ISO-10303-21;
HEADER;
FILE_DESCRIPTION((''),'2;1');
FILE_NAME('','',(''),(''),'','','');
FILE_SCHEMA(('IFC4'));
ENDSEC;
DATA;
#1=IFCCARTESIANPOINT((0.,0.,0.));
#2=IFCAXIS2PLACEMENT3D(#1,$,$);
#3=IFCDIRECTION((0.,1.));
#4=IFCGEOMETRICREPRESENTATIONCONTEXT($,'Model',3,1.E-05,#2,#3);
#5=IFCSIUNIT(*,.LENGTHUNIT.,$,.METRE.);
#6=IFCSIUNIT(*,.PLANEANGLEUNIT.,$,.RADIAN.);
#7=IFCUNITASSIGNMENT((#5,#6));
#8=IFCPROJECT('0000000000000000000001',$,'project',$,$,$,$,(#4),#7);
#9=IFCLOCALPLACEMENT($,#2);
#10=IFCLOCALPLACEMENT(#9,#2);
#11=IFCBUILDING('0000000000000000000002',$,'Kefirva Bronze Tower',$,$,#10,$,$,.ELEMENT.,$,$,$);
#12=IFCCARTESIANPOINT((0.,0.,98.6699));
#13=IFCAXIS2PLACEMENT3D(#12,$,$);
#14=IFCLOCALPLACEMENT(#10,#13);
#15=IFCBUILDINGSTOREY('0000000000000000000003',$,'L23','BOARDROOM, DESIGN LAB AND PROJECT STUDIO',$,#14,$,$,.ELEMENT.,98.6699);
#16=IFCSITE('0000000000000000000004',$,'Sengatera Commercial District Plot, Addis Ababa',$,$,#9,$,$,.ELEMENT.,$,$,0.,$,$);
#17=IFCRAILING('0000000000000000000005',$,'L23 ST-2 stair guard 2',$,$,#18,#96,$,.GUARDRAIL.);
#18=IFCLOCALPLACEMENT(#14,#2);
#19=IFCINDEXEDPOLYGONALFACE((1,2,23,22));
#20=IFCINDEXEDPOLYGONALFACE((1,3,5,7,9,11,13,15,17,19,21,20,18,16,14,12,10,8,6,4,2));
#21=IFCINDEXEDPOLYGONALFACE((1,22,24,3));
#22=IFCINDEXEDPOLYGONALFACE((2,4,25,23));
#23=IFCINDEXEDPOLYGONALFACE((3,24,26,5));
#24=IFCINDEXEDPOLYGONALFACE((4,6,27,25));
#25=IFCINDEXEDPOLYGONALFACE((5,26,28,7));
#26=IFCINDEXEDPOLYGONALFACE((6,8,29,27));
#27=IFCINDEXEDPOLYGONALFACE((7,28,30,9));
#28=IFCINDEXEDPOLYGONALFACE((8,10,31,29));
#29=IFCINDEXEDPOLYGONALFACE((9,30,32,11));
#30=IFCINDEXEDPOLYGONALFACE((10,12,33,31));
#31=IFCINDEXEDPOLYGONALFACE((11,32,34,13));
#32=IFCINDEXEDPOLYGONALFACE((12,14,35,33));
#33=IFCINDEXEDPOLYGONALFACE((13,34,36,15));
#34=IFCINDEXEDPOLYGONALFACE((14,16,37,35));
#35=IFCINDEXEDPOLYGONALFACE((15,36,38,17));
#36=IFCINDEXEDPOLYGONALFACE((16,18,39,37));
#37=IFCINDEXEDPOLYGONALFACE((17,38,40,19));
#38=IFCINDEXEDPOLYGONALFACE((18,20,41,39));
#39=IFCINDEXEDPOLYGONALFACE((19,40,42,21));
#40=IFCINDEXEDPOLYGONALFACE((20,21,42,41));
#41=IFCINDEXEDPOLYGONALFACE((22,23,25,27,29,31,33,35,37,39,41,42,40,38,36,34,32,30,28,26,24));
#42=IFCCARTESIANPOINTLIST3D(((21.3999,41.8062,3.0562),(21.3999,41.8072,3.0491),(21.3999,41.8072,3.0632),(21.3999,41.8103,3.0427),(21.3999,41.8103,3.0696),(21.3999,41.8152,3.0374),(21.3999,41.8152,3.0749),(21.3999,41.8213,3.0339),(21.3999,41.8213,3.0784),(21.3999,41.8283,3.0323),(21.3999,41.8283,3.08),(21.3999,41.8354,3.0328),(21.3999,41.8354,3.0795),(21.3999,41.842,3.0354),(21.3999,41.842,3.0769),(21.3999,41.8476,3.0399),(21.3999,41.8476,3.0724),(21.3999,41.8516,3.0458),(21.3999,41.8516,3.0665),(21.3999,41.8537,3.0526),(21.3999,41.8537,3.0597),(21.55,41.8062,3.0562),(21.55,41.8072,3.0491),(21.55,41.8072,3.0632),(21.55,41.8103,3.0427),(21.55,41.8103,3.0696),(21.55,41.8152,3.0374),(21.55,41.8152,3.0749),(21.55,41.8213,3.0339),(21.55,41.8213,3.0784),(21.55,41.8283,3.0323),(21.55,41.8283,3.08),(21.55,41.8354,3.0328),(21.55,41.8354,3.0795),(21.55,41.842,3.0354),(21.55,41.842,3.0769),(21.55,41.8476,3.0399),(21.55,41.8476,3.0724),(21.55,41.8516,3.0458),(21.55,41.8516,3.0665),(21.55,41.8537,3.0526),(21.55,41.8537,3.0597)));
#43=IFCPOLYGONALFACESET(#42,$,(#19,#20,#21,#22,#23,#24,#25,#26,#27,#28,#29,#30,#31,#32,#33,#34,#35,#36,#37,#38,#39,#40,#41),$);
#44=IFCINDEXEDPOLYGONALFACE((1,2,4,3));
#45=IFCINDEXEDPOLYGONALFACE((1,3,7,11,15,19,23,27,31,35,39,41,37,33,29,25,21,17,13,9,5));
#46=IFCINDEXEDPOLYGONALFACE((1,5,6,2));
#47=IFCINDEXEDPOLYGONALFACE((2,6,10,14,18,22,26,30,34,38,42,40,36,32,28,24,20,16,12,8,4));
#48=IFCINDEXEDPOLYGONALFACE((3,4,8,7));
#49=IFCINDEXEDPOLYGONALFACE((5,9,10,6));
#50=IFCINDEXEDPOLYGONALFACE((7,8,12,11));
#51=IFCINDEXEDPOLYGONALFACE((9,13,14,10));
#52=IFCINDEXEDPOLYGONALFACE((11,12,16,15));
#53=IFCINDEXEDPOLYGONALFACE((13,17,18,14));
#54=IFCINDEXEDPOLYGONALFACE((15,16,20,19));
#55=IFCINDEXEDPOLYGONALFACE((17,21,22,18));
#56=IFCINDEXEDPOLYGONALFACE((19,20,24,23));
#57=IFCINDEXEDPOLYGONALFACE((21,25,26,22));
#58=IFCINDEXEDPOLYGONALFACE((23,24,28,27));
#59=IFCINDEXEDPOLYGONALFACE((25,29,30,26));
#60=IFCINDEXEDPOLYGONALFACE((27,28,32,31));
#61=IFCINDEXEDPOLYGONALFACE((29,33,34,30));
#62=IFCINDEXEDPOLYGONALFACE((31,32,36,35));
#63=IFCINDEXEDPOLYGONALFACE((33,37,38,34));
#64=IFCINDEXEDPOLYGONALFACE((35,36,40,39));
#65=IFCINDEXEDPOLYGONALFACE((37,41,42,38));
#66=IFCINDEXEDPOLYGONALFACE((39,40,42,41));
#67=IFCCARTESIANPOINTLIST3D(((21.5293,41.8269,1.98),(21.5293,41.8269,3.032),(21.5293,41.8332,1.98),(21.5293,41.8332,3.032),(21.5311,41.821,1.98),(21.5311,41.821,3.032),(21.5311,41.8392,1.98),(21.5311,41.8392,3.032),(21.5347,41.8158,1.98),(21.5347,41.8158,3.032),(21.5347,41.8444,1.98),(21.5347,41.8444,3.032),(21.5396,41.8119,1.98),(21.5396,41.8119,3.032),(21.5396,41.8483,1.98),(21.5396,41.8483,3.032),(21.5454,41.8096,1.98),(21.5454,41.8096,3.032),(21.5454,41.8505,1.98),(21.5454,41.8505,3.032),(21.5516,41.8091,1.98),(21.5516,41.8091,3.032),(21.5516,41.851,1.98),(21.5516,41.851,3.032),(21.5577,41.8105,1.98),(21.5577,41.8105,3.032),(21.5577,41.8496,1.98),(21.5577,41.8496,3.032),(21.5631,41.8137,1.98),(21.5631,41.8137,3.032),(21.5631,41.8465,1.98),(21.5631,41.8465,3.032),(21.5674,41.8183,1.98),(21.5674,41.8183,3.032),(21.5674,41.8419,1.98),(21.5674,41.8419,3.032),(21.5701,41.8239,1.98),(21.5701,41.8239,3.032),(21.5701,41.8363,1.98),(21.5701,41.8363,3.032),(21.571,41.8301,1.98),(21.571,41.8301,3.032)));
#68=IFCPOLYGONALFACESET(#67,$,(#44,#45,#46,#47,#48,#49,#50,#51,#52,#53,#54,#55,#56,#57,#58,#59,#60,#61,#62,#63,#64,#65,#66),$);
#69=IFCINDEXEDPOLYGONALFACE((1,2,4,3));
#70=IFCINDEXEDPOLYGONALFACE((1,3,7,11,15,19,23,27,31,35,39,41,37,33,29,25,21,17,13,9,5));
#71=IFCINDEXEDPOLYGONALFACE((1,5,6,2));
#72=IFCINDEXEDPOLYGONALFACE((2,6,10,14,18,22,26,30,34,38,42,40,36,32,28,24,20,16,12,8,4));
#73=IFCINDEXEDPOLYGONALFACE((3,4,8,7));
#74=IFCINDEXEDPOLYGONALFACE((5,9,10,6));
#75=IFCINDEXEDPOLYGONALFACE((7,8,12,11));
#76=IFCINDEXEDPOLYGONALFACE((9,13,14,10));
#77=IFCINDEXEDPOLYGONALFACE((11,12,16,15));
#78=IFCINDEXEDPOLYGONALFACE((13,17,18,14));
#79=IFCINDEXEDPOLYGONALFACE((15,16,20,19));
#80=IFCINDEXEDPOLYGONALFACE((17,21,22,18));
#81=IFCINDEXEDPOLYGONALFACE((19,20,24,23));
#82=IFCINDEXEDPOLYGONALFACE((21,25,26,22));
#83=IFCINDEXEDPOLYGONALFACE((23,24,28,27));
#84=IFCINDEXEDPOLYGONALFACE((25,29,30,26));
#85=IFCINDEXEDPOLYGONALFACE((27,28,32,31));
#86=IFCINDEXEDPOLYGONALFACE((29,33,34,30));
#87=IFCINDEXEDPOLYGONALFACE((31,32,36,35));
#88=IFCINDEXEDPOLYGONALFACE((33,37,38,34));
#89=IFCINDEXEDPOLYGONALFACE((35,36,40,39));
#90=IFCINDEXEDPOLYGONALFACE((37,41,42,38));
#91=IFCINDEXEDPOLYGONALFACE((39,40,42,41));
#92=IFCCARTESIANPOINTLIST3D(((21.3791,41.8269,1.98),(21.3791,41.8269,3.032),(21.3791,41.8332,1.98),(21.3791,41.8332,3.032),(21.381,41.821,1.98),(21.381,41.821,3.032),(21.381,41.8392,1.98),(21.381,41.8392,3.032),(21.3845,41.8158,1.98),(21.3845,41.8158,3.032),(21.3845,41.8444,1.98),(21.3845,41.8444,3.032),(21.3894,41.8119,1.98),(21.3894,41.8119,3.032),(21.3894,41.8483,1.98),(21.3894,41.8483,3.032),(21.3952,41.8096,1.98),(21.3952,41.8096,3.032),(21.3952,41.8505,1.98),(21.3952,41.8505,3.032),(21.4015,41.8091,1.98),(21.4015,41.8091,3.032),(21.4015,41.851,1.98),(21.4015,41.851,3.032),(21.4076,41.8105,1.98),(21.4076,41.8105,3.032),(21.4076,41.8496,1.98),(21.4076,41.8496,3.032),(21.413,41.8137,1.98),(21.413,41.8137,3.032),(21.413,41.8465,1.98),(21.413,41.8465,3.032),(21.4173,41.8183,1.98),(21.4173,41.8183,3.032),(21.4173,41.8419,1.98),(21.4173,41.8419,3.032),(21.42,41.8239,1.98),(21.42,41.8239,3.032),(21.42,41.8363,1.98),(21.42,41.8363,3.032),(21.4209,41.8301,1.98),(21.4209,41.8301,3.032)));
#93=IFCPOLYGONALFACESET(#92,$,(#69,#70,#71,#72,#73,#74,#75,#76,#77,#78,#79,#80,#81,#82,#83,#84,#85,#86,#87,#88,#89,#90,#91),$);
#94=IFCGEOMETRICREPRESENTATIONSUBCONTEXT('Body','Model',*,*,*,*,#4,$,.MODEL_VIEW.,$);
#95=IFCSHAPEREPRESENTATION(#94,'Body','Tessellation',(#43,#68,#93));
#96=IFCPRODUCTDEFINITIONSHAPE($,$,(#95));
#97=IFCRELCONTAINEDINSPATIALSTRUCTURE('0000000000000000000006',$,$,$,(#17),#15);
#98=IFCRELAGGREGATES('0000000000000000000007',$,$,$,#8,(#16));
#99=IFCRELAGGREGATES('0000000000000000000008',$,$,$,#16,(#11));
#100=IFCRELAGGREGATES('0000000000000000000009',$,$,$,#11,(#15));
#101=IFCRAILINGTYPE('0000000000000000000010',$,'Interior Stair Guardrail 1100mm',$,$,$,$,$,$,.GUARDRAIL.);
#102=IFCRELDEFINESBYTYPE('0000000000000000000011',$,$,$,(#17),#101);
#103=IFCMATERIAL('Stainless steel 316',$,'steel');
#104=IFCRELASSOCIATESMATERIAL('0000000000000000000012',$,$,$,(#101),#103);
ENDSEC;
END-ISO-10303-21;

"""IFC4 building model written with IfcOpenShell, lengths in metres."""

from ifc_helpers import new_model, si_unit, direction, frame, origin, origin_2d, place, context, subcontext, project, spatial, circle, extrude, material, type_object, element, save


model = new_model("IFC4")

# Units and contexts
model_context = context("Model", 3, precision=1e-05, world=origin(), true_north=direction((0.0, 1.0)))
body_context = subcontext(model_context, "Body", "Model", "MODEL_VIEW")
ifc_project = project(units=[si_unit("LENGTHUNIT", "METRE"), si_unit("PLANEANGLEUNIT", "RADIAN")], contexts=[model_context])

# Site, building, storey
site_placement = place(None, origin())
site = spatial("IfcSite", under=ifc_project, at=site_placement, Name="Sengatera Commercial District Plot, Addis Ababa", CompositionType="ELEMENT", RefElevation=0.0)
building_placement = place(site_placement, origin())
building = spatial("IfcBuilding", under=site, at=building_placement, Name="Kefirva Bronze Tower", CompositionType="ELEMENT")
storey_placement = place(building_placement, frame((0.0, 0.0, 98.6699)))
storey = spatial("IfcBuildingStorey", under=building, at=storey_placement, Name="L23", Description="BOARDROOM, DESIGN LAB AND PROJECT STUDIO", CompositionType="ELEMENT", Elevation=98.6699)

# Railing
ifc_material_1 = material(Name="Stainless steel 316", Category="steel")
railing_type_1 = type_object("IfcRailingType", Name="Interior Stair Guardrail 1100mm", PredefinedType="GUARDRAIL", material=ifc_material_1)
railing_1_placement = place(storey_placement, frame((21.55, 41.8301, 1.98)))
element("IfcRailing", 1, at=railing_1_placement, inside=storey, type_object=railing_type_1, Name="L23 ST-2 stair guard 2", PredefinedType="GUARDRAIL", context=body_context, shape_type="SweptSolid", body=[
    extrude(circle(Radius=0.0239, at=origin_2d()), frame((0.0, 0.0, 1.0762), z_axis=(-1.0, 0.0, 0.0), x_axis=(0.0, -1.0, 0.0)), (0.0, 0.0, 1.0), 0.1501),
    extrude(circle(Radius=0.021, at=origin_2d()), origin(), (0.0, 0.0, 1.0), 1.052),
    extrude(circle(Radius=0.021, at=origin_2d()), frame((-0.1501, 0.0, 0.0)), (0.0, 0.0, 1.0), 1.052),
])

save(model, "model.ifc")
